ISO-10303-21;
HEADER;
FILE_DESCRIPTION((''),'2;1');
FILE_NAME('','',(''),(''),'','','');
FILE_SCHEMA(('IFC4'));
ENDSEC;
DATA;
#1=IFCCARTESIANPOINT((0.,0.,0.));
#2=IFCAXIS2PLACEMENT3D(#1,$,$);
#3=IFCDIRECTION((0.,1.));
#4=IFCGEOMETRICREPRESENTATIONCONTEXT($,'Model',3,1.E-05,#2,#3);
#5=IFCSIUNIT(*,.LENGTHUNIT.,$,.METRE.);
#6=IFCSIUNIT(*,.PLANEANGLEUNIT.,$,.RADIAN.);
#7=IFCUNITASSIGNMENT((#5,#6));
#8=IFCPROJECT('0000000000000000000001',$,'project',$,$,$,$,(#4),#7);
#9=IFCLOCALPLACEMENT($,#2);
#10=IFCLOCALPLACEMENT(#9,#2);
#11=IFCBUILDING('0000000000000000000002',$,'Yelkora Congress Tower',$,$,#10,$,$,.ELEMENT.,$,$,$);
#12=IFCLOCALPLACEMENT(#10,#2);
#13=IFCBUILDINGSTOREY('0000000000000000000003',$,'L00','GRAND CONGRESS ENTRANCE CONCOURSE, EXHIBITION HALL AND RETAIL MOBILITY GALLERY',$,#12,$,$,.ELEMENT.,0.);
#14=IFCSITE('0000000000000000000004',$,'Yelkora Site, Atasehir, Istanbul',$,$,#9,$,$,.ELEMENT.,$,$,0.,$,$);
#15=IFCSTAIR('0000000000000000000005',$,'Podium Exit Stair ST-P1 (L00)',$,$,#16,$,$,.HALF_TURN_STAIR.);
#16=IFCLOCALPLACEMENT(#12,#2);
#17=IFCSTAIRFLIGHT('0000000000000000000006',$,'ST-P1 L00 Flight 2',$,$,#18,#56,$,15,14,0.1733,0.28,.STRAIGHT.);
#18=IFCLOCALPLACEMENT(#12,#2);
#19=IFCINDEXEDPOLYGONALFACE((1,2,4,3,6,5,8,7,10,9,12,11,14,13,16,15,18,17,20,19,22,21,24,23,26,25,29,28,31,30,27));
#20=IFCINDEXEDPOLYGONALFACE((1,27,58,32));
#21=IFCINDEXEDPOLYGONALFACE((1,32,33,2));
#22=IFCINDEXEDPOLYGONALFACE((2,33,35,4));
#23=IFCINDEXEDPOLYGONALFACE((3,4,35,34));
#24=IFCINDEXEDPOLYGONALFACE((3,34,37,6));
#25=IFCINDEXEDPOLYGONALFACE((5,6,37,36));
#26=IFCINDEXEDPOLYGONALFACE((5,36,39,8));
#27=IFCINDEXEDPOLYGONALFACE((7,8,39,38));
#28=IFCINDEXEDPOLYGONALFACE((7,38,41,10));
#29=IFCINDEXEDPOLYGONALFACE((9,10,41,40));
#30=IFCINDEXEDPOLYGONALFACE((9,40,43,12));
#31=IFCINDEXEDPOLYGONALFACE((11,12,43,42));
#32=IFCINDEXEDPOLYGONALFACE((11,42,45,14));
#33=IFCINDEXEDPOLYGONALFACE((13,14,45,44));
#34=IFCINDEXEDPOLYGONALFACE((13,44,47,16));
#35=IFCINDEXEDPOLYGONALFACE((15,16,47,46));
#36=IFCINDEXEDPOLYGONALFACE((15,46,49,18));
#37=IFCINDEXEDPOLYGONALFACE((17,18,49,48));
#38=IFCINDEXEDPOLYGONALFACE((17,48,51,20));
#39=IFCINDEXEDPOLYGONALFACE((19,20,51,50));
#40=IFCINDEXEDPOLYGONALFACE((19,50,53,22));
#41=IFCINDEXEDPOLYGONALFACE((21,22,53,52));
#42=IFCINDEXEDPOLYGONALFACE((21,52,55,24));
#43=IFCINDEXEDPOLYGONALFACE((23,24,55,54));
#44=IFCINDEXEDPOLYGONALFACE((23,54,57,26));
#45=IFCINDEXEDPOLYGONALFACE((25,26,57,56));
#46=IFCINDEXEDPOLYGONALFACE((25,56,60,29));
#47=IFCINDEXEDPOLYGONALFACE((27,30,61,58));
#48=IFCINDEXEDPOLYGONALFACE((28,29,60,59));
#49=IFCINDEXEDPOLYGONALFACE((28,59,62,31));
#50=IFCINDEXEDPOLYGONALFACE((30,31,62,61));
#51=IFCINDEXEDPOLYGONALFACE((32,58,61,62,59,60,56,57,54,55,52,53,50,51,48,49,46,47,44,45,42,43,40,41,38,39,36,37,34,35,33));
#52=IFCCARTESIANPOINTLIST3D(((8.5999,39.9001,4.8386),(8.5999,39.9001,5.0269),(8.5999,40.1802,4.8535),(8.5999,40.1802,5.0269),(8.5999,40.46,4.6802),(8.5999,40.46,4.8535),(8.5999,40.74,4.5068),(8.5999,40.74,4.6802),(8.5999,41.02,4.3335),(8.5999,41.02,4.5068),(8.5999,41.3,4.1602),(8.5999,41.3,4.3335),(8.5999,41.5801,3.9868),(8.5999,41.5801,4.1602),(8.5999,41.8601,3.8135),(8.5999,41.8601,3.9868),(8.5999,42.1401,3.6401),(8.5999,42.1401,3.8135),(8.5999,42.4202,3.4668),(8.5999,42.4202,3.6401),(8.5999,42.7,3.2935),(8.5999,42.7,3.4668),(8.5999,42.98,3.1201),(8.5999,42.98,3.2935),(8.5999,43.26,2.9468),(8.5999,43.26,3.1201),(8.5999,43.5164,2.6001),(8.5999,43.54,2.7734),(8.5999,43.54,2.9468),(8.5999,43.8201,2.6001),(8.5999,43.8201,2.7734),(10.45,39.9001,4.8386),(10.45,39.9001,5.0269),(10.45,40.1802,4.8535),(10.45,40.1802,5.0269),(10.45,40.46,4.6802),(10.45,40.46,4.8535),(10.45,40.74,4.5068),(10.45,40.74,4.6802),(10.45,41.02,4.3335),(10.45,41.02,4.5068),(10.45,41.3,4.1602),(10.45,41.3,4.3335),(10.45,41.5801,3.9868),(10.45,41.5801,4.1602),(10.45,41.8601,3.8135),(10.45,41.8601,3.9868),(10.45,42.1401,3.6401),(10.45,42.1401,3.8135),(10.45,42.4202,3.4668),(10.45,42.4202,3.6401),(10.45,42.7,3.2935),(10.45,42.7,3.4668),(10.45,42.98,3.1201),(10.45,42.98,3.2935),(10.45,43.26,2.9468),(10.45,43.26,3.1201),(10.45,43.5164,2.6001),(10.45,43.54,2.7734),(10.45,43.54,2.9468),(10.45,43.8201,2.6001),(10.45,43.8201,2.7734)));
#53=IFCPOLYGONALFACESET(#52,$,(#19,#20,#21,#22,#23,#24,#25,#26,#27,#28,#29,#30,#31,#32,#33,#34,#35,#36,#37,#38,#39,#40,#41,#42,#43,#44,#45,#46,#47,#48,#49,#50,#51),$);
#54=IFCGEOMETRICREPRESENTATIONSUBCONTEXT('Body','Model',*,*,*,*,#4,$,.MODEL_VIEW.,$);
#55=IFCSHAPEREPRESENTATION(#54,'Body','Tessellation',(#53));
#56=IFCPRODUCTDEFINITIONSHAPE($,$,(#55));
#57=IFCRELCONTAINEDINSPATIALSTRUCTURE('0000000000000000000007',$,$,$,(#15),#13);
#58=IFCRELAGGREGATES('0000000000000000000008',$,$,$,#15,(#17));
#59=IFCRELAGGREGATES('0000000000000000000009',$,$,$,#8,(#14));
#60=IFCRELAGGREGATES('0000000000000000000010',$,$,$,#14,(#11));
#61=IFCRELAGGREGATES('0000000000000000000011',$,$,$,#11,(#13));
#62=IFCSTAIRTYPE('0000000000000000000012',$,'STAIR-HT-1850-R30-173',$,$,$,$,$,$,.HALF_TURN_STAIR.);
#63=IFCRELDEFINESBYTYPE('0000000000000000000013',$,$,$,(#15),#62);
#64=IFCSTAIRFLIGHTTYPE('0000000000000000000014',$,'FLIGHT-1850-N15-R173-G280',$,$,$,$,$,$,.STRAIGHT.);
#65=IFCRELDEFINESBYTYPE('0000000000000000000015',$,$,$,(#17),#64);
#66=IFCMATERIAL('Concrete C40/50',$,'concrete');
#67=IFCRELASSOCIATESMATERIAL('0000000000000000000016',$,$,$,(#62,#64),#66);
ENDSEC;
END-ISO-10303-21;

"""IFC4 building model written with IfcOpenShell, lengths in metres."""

from ifc_helpers import new_model, si_unit, direction, frame, origin, place, context, subcontext, project, spatial, polyline, outline, extrude, material, type_object, element, aggregate, save


model = new_model("IFC4")

# Units and contexts
model_context = context("Model", 3, precision=1e-05, world=origin(), true_north=direction((0.0, 1.0)))
body_context = subcontext(model_context, "Body", "Model", "MODEL_VIEW")
ifc_project = project(units=[si_unit("LENGTHUNIT", "METRE"), si_unit("PLANEANGLEUNIT", "RADIAN")], contexts=[model_context])

# Site, building, storey
site_placement = place(None, origin())
site = spatial("IfcSite", under=ifc_project, at=site_placement, Name="Yelkora Site, Atasehir, Istanbul", CompositionType="ELEMENT", RefElevation=0.0)
building_placement = place(site_placement, origin())
building = spatial("IfcBuilding", under=site, at=building_placement, Name="Yelkora Congress Tower", CompositionType="ELEMENT")
storey_placement = place(building_placement, origin())
storey = spatial("IfcBuildingStorey", under=building, at=storey_placement, Name="L00", Description="GRAND CONGRESS ENTRANCE CONCOURSE, EXHIBITION HALL AND RETAIL MOBILITY GALLERY", CompositionType="ELEMENT", Elevation=0.0)

# Stair, stair flight
ifc_material_1 = material(Name="Concrete C40/50", Category="concrete")
stair_type = type_object("IfcStairType", Name="STAIR-HT-1850-R30-173", PredefinedType="HALF_TURN_STAIR", material=ifc_material_1)
stair_placement = place(storey_placement, origin())
stair = element("IfcStair", 1, at=stair_placement, inside=storey, type_object=stair_type, Name="Podium Exit Stair ST-P1 (L00)", PredefinedType="HALF_TURN_STAIR")
stair_flight_type = type_object("IfcStairFlightType", Name="FLIGHT-1850-N15-R173-G280", PredefinedType="STRAIGHT", material=ifc_material_1)
stair_flight_1_placement = place(storey_placement, frame((9.5249, 43.8201, 2.6001), z_axis=(0.0, 0.0, 1.0), x_axis=(0.0, -1.0, 0.0)))
stair_flight_1 = element("IfcStairFlight", 2, at=stair_flight_1_placement, type_object=stair_flight_type, Name="ST-P1 L00 Flight 2", NumberOfRisers=15, NumberOfTreads=14, PredefinedType="STRAIGHT", RiserHeight=0.1733, TreadLength=0.28, context=body_context, shape_type="SweptSolid", body=[
    extrude(outline(polyline([(0.0, 0.0), (0.0, 0.1733), (0.28, 0.1733), (0.28, 0.3467), (0.5601, 0.3467), (0.5601, 0.52), (0.8401, 0.52), (0.8401, 0.6934), (1.1201, 0.6934), (1.1201, 0.8667), (1.3999, 0.8667), (1.3999, 1.04), (1.6799, 1.04), (1.6799, 1.2134), (1.96, 1.2134), (1.96, 1.3867), (2.24, 1.3867), (2.24, 1.5601), (2.52, 1.5601), (2.52, 1.7334), (2.8, 1.7334), (2.8, 1.9067), (3.0801, 1.9067), (3.0801, 2.0801), (3.3601, 2.0801), (3.3601, 2.2534), (3.6399, 2.2534), (3.6399, 2.4268), (3.9199, 2.4268), (3.9199, 2.6001), (3.9199, 2.2385), (0.3037, 0.0), (0.0, 0.0)])), frame((0.0, 0.925, 0.0), z_axis=(0.0, -1.0, 0.0), x_axis=(1.0, 0.0, 0.0)), (0.0, 0.0, 1.0), 1.8501),
])
aggregate(stair, [stair_flight_1])

save(model, "model.ifc")
